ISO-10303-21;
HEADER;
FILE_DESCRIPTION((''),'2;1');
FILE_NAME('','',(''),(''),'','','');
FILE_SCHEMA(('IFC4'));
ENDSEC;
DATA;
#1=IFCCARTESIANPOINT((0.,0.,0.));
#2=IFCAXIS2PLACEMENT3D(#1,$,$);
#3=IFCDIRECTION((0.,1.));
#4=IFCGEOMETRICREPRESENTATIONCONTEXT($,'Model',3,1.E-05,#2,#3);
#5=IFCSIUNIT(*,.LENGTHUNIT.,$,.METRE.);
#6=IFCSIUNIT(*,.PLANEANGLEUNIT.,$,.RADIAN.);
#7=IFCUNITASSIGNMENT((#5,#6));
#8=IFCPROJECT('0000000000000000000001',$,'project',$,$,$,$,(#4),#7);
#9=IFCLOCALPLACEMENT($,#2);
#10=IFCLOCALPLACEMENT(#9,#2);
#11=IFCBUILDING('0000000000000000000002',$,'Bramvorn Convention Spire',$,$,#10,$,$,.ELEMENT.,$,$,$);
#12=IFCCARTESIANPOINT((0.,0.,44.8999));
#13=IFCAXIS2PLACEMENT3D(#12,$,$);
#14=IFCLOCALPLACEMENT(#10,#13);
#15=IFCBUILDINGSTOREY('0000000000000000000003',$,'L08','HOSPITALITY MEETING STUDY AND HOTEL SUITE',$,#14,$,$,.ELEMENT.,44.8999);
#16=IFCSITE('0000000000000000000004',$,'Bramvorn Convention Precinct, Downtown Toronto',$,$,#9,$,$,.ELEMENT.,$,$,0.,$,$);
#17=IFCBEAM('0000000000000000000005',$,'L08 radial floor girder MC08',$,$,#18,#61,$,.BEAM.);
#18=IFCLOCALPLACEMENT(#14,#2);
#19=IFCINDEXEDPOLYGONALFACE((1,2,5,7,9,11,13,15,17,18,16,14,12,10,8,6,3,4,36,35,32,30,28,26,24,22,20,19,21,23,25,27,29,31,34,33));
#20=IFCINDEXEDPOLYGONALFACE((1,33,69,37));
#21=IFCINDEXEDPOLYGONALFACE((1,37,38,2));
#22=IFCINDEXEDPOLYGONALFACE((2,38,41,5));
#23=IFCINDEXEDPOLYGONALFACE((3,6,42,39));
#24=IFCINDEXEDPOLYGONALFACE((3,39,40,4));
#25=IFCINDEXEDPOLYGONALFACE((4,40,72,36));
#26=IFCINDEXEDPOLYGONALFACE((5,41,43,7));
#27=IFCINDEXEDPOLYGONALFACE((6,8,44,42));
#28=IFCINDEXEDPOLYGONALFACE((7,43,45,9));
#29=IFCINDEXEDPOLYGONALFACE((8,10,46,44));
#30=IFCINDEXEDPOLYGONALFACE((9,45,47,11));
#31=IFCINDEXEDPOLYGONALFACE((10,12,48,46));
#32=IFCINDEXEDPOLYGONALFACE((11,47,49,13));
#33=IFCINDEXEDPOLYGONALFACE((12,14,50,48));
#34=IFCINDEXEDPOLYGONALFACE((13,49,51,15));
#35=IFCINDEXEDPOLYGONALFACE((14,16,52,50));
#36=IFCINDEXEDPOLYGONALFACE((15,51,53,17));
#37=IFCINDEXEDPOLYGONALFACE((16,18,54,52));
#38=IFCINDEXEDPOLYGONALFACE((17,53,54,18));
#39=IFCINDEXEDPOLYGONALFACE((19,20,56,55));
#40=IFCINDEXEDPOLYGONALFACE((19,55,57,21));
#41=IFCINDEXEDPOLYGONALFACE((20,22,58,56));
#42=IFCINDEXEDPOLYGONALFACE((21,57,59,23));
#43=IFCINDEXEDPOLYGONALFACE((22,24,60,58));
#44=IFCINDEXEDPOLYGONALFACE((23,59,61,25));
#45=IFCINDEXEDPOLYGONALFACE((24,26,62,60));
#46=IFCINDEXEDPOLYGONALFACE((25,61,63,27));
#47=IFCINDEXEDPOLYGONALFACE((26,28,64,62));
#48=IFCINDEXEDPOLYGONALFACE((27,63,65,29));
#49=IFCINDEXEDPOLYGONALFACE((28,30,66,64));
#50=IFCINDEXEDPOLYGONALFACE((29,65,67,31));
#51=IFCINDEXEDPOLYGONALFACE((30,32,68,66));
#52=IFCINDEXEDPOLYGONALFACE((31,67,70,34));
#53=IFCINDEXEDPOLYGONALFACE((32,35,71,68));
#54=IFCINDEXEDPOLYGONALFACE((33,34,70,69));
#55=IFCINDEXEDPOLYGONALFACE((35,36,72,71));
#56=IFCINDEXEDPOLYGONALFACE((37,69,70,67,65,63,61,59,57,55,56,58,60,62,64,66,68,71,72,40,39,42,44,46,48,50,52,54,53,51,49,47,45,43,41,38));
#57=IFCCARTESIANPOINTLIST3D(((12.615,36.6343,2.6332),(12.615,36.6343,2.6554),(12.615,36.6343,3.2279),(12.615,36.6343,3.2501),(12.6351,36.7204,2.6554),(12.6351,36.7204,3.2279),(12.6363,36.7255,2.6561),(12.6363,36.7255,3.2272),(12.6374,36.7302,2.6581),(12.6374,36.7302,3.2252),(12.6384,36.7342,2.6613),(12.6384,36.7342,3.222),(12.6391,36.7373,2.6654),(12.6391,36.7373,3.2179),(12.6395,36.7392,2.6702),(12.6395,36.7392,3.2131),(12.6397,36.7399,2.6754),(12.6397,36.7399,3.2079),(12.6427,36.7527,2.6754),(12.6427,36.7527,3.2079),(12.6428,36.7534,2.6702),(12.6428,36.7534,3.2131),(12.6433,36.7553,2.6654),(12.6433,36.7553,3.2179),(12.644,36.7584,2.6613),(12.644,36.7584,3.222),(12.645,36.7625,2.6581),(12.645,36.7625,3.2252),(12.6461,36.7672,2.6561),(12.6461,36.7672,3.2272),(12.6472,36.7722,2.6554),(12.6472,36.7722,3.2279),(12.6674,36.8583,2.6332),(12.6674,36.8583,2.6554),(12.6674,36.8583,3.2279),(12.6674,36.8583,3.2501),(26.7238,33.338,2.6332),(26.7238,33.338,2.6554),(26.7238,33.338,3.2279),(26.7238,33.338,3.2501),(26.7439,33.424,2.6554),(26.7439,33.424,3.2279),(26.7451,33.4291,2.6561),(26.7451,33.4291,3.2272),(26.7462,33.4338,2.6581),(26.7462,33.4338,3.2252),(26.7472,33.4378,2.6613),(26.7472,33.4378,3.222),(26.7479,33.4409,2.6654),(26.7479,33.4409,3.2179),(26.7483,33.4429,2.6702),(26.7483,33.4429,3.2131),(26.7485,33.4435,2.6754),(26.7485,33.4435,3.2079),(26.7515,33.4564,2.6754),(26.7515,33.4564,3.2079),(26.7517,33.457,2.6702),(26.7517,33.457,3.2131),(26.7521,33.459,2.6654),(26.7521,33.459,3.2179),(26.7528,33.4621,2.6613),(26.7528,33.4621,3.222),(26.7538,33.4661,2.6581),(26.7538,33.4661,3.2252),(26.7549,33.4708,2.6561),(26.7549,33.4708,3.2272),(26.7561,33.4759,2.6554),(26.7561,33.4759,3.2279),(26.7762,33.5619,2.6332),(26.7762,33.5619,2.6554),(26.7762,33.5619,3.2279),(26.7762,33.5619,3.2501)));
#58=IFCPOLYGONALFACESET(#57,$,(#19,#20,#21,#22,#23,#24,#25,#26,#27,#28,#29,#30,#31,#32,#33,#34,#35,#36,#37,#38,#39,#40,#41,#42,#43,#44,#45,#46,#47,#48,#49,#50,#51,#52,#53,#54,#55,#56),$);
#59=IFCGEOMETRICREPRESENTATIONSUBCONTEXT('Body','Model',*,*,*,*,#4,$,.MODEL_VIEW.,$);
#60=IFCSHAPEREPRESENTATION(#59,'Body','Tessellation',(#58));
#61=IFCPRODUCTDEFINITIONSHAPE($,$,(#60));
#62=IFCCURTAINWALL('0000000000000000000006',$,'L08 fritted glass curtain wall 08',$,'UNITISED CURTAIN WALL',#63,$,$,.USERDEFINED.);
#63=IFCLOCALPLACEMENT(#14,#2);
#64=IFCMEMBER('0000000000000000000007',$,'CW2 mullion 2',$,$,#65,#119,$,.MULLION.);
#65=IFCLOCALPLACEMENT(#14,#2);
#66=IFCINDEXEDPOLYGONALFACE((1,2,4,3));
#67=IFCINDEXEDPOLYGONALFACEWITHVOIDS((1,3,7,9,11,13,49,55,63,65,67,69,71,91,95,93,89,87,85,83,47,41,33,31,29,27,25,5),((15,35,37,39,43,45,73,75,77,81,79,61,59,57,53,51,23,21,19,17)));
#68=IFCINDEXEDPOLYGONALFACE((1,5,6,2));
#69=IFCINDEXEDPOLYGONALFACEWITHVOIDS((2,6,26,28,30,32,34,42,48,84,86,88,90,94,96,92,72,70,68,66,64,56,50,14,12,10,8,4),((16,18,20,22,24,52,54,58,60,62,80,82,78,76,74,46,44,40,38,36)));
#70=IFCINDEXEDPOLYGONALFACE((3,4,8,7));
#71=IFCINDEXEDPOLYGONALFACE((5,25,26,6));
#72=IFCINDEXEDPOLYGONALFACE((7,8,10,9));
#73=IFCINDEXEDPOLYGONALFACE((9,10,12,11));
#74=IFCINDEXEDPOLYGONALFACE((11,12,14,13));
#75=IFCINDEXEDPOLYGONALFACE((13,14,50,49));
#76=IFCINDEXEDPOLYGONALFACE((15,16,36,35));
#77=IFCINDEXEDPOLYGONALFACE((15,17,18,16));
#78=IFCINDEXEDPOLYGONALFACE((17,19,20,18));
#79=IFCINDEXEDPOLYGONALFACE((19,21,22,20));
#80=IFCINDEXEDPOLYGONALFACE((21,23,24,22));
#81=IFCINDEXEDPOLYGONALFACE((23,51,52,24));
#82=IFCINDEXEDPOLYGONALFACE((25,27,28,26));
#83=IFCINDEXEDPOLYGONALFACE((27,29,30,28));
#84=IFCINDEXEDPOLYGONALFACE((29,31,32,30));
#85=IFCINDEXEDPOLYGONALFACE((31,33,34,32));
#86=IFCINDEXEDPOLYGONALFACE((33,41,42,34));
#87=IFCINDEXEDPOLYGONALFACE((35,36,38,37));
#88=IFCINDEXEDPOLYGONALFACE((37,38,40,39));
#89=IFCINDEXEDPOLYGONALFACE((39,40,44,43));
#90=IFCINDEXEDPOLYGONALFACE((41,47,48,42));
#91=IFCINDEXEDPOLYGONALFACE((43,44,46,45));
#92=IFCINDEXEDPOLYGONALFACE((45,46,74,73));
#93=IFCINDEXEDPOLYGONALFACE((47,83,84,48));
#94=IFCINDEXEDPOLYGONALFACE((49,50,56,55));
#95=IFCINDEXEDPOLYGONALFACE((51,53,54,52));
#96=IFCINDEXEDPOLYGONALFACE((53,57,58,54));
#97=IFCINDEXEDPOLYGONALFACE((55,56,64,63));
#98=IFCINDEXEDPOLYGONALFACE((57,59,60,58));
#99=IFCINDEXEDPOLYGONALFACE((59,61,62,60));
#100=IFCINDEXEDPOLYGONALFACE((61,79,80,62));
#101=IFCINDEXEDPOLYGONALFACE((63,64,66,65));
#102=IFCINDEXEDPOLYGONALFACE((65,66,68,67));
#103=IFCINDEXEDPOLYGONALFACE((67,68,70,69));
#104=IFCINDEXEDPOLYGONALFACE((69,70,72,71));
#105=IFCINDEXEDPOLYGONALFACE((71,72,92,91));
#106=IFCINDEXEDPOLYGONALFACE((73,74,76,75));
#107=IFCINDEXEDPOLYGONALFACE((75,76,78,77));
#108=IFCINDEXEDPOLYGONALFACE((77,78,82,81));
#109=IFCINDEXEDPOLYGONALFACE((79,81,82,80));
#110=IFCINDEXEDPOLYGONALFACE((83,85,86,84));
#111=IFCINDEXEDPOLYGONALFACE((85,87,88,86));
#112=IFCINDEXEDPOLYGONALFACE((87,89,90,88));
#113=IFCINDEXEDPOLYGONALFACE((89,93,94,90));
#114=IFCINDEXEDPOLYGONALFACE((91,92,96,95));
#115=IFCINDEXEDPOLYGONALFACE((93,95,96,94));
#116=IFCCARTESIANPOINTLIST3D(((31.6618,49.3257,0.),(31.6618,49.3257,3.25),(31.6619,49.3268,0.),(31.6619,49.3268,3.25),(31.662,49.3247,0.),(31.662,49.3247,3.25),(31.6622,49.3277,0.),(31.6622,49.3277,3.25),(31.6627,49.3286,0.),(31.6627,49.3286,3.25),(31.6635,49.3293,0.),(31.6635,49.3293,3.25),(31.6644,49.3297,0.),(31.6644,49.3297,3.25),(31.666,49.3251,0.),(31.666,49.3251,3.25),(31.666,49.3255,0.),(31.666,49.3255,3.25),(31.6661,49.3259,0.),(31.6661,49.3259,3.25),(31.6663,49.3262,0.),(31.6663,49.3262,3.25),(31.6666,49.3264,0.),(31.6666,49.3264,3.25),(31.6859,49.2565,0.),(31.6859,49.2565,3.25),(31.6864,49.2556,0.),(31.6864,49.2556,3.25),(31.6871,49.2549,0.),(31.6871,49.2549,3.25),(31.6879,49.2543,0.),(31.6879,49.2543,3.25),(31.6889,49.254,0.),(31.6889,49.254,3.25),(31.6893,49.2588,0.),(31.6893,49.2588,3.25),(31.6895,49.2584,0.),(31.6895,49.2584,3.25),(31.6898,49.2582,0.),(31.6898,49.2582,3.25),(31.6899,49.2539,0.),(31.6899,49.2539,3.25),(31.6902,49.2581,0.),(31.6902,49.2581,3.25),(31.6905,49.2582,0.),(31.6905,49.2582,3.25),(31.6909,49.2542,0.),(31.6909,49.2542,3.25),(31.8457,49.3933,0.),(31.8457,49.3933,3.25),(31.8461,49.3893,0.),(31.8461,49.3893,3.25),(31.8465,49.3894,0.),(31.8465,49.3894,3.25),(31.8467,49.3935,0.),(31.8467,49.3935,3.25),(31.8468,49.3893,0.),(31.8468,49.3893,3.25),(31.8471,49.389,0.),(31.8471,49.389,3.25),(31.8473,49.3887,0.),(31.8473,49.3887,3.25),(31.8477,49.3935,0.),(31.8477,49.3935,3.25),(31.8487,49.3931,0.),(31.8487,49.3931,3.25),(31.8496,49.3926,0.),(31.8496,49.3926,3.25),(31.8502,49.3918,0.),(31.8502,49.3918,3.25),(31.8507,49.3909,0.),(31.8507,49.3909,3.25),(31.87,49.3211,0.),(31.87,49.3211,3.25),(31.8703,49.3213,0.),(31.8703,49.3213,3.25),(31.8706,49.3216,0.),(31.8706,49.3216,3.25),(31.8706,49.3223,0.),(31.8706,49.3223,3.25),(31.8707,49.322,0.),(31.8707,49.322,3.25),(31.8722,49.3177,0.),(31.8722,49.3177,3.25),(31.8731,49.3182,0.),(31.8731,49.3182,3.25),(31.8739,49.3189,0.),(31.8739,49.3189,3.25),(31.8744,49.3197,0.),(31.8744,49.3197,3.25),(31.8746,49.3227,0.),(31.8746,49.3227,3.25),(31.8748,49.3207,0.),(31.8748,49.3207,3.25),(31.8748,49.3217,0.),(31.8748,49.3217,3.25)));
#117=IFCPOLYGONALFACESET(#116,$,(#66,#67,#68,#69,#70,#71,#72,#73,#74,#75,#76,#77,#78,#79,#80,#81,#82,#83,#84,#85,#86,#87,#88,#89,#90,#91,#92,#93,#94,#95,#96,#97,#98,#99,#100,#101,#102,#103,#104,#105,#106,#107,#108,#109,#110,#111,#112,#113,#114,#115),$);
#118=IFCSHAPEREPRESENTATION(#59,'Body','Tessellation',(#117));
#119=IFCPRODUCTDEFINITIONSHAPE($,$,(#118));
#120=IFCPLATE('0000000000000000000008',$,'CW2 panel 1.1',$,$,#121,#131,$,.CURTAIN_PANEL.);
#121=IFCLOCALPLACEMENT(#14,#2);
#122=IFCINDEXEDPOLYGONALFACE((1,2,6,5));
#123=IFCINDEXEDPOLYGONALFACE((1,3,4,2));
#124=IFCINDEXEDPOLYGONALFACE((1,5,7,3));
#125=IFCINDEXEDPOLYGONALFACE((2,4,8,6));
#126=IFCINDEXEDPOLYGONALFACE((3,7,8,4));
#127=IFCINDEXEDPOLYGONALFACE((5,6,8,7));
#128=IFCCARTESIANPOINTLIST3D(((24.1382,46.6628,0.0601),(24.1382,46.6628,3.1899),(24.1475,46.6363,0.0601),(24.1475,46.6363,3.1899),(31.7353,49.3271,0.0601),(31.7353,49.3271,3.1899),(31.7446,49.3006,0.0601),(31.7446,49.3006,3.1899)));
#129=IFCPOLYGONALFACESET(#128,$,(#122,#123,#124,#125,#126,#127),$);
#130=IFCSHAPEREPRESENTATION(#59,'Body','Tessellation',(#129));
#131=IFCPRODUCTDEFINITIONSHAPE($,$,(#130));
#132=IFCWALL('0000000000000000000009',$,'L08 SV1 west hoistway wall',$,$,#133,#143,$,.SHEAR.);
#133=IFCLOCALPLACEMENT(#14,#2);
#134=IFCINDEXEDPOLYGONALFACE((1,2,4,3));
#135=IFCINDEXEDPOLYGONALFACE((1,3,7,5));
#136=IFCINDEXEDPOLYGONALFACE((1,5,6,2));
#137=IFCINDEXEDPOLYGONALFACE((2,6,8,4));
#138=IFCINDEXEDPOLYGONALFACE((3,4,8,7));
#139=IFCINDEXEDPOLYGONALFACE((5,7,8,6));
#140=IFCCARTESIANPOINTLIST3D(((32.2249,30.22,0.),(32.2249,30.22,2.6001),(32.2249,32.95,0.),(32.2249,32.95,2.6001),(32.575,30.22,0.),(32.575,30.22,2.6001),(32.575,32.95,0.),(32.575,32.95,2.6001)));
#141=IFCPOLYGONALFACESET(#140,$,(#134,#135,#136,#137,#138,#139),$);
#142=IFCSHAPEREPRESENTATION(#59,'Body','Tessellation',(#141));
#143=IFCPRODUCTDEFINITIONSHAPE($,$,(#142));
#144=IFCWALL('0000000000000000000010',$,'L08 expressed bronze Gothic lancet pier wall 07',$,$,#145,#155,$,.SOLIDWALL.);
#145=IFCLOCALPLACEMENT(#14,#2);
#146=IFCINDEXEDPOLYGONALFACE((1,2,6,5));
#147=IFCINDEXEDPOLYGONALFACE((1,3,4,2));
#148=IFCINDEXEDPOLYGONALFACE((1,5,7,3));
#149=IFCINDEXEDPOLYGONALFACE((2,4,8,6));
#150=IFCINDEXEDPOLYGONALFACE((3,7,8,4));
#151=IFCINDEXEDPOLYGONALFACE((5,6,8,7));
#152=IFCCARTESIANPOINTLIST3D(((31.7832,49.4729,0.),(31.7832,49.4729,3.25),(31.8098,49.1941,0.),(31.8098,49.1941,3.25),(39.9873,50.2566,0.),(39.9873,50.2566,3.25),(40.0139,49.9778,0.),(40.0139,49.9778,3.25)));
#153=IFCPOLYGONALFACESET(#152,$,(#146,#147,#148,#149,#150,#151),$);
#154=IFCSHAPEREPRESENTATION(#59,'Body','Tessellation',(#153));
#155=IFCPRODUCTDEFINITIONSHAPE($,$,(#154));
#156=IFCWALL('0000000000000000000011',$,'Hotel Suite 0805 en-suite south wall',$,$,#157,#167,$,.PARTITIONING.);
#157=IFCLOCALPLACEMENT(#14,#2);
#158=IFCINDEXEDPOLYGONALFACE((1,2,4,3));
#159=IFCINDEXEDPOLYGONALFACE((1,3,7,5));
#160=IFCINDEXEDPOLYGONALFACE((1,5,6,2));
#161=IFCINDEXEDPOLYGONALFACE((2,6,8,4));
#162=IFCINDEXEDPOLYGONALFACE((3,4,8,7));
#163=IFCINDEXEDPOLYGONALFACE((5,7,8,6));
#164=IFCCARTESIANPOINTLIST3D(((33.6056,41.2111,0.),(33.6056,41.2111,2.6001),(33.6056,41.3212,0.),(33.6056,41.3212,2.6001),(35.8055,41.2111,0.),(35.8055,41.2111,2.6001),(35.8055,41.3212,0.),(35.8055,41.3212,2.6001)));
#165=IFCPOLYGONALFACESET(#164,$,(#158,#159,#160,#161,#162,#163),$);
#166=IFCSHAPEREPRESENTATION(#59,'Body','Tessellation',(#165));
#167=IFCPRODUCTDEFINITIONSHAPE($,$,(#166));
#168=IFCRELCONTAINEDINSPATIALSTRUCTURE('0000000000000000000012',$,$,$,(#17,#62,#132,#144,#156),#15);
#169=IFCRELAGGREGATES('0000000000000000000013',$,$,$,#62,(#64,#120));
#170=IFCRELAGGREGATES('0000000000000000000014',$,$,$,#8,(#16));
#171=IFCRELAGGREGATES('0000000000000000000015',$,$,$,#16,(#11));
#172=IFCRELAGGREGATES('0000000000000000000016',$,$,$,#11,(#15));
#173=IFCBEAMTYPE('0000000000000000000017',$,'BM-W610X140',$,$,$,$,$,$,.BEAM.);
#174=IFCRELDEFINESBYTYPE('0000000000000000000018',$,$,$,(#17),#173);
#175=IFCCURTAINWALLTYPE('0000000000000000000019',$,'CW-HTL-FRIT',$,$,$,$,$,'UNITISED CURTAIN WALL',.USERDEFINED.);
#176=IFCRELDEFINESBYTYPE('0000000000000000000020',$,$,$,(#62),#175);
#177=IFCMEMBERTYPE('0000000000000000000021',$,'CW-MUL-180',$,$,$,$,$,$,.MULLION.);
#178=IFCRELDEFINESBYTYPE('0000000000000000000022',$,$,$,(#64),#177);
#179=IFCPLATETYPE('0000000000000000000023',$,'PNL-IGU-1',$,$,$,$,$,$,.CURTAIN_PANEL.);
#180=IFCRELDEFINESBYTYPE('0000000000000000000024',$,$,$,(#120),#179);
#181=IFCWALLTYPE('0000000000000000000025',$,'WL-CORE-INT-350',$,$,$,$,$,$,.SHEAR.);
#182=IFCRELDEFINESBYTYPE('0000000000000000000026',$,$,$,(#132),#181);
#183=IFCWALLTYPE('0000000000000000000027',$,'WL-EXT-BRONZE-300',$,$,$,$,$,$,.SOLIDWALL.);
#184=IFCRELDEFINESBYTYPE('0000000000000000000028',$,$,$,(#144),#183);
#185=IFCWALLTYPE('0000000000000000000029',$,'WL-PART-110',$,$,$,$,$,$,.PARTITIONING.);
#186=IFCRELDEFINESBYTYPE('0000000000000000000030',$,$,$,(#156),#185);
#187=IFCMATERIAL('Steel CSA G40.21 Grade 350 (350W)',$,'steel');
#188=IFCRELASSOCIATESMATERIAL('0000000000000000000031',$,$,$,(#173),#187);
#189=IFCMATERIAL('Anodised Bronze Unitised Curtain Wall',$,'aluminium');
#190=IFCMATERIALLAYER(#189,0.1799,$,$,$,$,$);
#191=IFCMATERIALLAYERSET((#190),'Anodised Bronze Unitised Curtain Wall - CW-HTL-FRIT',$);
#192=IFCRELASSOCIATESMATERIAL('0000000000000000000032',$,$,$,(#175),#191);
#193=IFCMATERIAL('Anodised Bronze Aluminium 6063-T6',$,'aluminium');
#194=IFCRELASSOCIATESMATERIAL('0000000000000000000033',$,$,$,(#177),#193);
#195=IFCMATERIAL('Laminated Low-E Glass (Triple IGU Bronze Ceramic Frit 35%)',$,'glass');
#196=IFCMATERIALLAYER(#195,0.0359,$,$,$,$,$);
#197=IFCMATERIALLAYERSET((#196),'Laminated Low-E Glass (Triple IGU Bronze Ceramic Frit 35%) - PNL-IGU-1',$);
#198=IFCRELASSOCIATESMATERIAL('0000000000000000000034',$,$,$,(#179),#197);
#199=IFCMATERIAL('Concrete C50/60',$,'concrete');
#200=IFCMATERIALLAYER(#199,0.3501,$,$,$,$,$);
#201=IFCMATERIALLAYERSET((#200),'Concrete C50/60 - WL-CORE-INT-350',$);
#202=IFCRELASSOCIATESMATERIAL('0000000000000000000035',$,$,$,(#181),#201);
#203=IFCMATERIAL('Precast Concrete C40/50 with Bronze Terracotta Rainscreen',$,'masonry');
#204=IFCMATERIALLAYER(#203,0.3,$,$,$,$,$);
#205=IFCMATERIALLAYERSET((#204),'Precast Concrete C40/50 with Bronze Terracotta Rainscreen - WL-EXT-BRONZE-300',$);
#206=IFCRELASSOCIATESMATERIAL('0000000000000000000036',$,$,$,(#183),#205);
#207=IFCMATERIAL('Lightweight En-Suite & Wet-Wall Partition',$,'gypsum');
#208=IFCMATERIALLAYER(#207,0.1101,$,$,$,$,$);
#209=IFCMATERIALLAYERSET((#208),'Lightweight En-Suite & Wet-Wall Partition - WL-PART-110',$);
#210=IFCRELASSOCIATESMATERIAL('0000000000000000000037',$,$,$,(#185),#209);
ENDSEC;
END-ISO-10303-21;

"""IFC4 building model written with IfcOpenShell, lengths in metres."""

from ifc_helpers import new_model, si_unit, direction, frame, frame_2d, origin, origin_2d, place, context, subcontext, project, spatial, rectangle, hollow_rectangle, i_section, extrude, material, layer, layer_set, material_profile, profile_set, type_object, element, aggregate, save


model = new_model("IFC4")

# Units and contexts
model_context = context("Model", 3, precision=1e-05, world=origin(), true_north=direction((0.0, 1.0)))
body_context = subcontext(model_context, "Body", "Model", "MODEL_VIEW")
ifc_project = project(units=[si_unit("LENGTHUNIT", "METRE"), si_unit("PLANEANGLEUNIT", "RADIAN")], contexts=[model_context])

# Site, building, storey
site_placement = place(None, origin())
site = spatial("IfcSite", under=ifc_project, at=site_placement, Name="Bramvorn Convention Precinct, Downtown Toronto", CompositionType="ELEMENT", RefElevation=0.0)
building_placement = place(site_placement, origin())
building = spatial("IfcBuilding", under=site, at=building_placement, Name="Bramvorn Convention Spire", CompositionType="ELEMENT")
storey_placement = place(building_placement, frame((0.0, 0.0, 44.8999)))
storey = spatial("IfcBuildingStorey", under=building, at=storey_placement, Name="L08", Description="HOSPITALITY MEETING STUDY AND HOTEL SUITE", CompositionType="ELEMENT", Elevation=44.8999)

# Shared definitions
ifc_material_1 = material(Name="Steel CSA G40.21 Grade 350 (350W)", Category="steel")

# Beam
ifc_material_profile_1 = material_profile(ifc_material_1, i_section(OverallWidth=0.23, OverallDepth=0.6169, WebThickness=0.0132, FlangeThickness=0.0222, FilletRadius=0.02, at=origin_2d()))
ifc_profile_set_1 = profile_set([ifc_material_profile_1], Name="Steel CSA G40.21 Grade 350 (350W) - W610X140")
beam_type_1 = type_object("IfcBeamType", Name="BM-W610X140", PredefinedType="BEAM", material=ifc_profile_set_1)
beam_1_placement = place(storey_placement, frame((26.75, 33.45, 2.9417), z_axis=(-0.973775, 0.227512, 0.0), x_axis=(-0.227512, -0.973775, 0.0)))
element("IfcBeam", 1, at=beam_1_placement, inside=storey, type_object=beam_type_1, Name="L08 radial floor girder MC08", PredefinedType="BEAM", context=body_context, shape_type="SweptSolid", body=[
    extrude(i_section(OverallWidth=0.23, OverallDepth=0.6169, WebThickness=0.0132, FlangeThickness=0.0222, FilletRadius=0.02, at=origin_2d()), origin(), (0.0, 0.0, 1.0), 14.4888),
])

# Curtain wall, member, plate
ifc_material_2 = material(Name="Anodised Bronze Unitised Curtain Wall", Category="aluminium")
ifc_layer_1 = layer(ifc_material_2, 0.1799)
ifc_layer_set_1 = layer_set([ifc_layer_1], Name="Anodised Bronze Unitised Curtain Wall - CW-HTL-FRIT")
curtain_wall_type = type_object("IfcCurtainWallType", Name="CW-HTL-FRIT", ElementType="UNITISED CURTAIN WALL", PredefinedType="USERDEFINED", material=ifc_layer_set_1)
curtain_wall_placement = place(storey_placement, origin())
curtain_wall = element("IfcCurtainWall", 2, at=curtain_wall_placement, inside=storey, type_object=curtain_wall_type, Name="L08 fritted glass curtain wall 08", ObjectType="UNITISED CURTAIN WALL", PredefinedType="USERDEFINED")
ifc_material_3 = material(Name="Anodised Bronze Aluminium 6063-T6", Category="aluminium")
ifc_material_profile_2 = material_profile(ifc_material_3, hollow_rectangle(XDim=0.0801, YDim=0.2, WallThickness=0.0039, InnerFilletRadius=0.001, OuterFilletRadius=0.0039, at=origin_2d()))
ifc_profile_set_2 = profile_set([ifc_material_profile_2], Name="Anodised Bronze Aluminium 6063-T6 - CWM80X200")
member_type = type_object("IfcMemberType", Name="CW-MUL-180", PredefinedType="MULLION", material=ifc_profile_set_2)
member_placement = place(storey_placement, frame((31.7683, 49.3237, 0.0), z_axis=(0.0, 0.0, 1.0), x_axis=(-0.330935, 0.943654, 0.0)))
member = element("IfcMember", 3, at=member_placement, type_object=member_type, Name="CW2 mullion 2", PredefinedType="MULLION", context=body_context, shape_type="SweptSolid", body=[
    extrude(hollow_rectangle(XDim=0.0801, YDim=0.2, WallThickness=0.0039, InnerFilletRadius=0.001, OuterFilletRadius=0.0039, at=origin_2d()), origin(), (0.0, 0.0, 1.0), 3.25),
])
ifc_material_4 = material(Name="Laminated Low-E Glass (Triple IGU Bronze Ceramic Frit 35%)", Category="glass")
ifc_layer_2 = layer(ifc_material_4, 0.0359)
ifc_layer_set_2 = layer_set([ifc_layer_2], Name="Laminated Low-E Glass (Triple IGU Bronze Ceramic Frit 35%) - PNL-IGU-1")
plate_type = type_object("IfcPlateType", Name="PNL-IGU-1", PredefinedType="CURTAIN_PANEL", material=ifc_layer_set_2)
plate_placement = place(storey_placement, frame((27.9414, 47.9817, 0.0601), z_axis=(0.0, 0.0, 1.0), x_axis=(0.943654, 0.330935, 0.0)))
plate = element("IfcPlate", 4, at=plate_placement, type_object=plate_type, Name="CW2 panel 1.1", PredefinedType="CURTAIN_PANEL", context=body_context, shape_type="SweptSolid", body=[
    extrude(rectangle(XDim=8.0508, YDim=0.0281, at=origin_2d()), origin(), (0.0, 0.0, 1.0), 3.1299),
])
aggregate(curtain_wall, [member, plate])

# Shared definitions
ifc_material_5 = material(Name="Concrete C50/60", Category="concrete")
ifc_layer_3 = layer(ifc_material_5, 0.3501)
ifc_layer_set_3 = layer_set([ifc_layer_3], Name="Concrete C50/60 - WL-CORE-INT-350")
wall_type_1 = type_object("IfcWallType", Name="WL-CORE-INT-350", PredefinedType="SHEAR", material=ifc_layer_set_3)

# Walls
wall_1_placement = place(storey_placement, frame((32.3999, 30.22, 0.0), z_axis=(0.0, 0.0, 1.0), x_axis=(0.0, 1.0, 0.0)))
element("IfcWall", 5, at=wall_1_placement, inside=storey, type_object=wall_type_1, Name="L08 SV1 west hoistway wall", PredefinedType="SHEAR", context=body_context, shape_type="SweptSolid", body=[
    extrude(rectangle(XDim=2.73, YDim=0.3501, at=frame_2d((1.365, 0.0))), origin(), (0.0, 0.0, 1.0), 2.6001),
])
ifc_material_6 = material(Name="Precast Concrete C40/50 with Bronze Terracotta Rainscreen", Category="masonry")
ifc_layer_4 = layer(ifc_material_6, 0.3)
ifc_layer_set_4 = layer_set([ifc_layer_4], Name="Precast Concrete C40/50 with Bronze Terracotta Rainscreen - WL-EXT-BRONZE-300")
wall_type_2 = type_object("IfcWallType", Name="WL-EXT-BRONZE-300", PredefinedType="SOLIDWALL", material=ifc_layer_set_4)
wall_2_placement = place(storey_placement, frame((31.7966, 49.3335, 0.0), z_axis=(0.0, 0.0, 1.0), x_axis=(0.995469, 0.095091, 0.0)))
element("IfcWall", 6, at=wall_2_placement, inside=storey, type_object=wall_type_2, Name="L08 expressed bronze Gothic lancet pier wall 07", PredefinedType="SOLIDWALL", context=body_context, shape_type="SweptSolid", body=[
    extrude(rectangle(XDim=8.2415, YDim=0.28, at=frame_2d((4.1206, 0.0))), origin(), (0.0, 0.0, 1.0), 3.25),
])
ifc_material_7 = material(Name="Lightweight En-Suite & Wet-Wall Partition", Category="gypsum")
ifc_layer_5 = layer(ifc_material_7, 0.1101)
ifc_layer_set_5 = layer_set([ifc_layer_5], Name="Lightweight En-Suite & Wet-Wall Partition - WL-PART-110")
wall_type_3 = type_object("IfcWallType", Name="WL-PART-110", PredefinedType="PARTITIONING", material=ifc_layer_set_5)
wall_3_placement = place(storey_placement, frame((33.6055, 41.2661, 0.0), z_axis=(0.0, 0.0, 1.0), x_axis=(1.0, 0.0, 0.0)))
element("IfcWall", 7, at=wall_3_placement, inside=storey, type_object=wall_type_3, Name="Hotel Suite 0805 en-suite south wall", PredefinedType="PARTITIONING", context=body_context, shape_type="SweptSolid", body=[
    extrude(rectangle(XDim=2.2, YDim=0.1101, at=frame_2d((1.1001, 0.0))), origin(), (0.0, 0.0, 1.0), 2.6001),
])

save(model, "model.ifc")
